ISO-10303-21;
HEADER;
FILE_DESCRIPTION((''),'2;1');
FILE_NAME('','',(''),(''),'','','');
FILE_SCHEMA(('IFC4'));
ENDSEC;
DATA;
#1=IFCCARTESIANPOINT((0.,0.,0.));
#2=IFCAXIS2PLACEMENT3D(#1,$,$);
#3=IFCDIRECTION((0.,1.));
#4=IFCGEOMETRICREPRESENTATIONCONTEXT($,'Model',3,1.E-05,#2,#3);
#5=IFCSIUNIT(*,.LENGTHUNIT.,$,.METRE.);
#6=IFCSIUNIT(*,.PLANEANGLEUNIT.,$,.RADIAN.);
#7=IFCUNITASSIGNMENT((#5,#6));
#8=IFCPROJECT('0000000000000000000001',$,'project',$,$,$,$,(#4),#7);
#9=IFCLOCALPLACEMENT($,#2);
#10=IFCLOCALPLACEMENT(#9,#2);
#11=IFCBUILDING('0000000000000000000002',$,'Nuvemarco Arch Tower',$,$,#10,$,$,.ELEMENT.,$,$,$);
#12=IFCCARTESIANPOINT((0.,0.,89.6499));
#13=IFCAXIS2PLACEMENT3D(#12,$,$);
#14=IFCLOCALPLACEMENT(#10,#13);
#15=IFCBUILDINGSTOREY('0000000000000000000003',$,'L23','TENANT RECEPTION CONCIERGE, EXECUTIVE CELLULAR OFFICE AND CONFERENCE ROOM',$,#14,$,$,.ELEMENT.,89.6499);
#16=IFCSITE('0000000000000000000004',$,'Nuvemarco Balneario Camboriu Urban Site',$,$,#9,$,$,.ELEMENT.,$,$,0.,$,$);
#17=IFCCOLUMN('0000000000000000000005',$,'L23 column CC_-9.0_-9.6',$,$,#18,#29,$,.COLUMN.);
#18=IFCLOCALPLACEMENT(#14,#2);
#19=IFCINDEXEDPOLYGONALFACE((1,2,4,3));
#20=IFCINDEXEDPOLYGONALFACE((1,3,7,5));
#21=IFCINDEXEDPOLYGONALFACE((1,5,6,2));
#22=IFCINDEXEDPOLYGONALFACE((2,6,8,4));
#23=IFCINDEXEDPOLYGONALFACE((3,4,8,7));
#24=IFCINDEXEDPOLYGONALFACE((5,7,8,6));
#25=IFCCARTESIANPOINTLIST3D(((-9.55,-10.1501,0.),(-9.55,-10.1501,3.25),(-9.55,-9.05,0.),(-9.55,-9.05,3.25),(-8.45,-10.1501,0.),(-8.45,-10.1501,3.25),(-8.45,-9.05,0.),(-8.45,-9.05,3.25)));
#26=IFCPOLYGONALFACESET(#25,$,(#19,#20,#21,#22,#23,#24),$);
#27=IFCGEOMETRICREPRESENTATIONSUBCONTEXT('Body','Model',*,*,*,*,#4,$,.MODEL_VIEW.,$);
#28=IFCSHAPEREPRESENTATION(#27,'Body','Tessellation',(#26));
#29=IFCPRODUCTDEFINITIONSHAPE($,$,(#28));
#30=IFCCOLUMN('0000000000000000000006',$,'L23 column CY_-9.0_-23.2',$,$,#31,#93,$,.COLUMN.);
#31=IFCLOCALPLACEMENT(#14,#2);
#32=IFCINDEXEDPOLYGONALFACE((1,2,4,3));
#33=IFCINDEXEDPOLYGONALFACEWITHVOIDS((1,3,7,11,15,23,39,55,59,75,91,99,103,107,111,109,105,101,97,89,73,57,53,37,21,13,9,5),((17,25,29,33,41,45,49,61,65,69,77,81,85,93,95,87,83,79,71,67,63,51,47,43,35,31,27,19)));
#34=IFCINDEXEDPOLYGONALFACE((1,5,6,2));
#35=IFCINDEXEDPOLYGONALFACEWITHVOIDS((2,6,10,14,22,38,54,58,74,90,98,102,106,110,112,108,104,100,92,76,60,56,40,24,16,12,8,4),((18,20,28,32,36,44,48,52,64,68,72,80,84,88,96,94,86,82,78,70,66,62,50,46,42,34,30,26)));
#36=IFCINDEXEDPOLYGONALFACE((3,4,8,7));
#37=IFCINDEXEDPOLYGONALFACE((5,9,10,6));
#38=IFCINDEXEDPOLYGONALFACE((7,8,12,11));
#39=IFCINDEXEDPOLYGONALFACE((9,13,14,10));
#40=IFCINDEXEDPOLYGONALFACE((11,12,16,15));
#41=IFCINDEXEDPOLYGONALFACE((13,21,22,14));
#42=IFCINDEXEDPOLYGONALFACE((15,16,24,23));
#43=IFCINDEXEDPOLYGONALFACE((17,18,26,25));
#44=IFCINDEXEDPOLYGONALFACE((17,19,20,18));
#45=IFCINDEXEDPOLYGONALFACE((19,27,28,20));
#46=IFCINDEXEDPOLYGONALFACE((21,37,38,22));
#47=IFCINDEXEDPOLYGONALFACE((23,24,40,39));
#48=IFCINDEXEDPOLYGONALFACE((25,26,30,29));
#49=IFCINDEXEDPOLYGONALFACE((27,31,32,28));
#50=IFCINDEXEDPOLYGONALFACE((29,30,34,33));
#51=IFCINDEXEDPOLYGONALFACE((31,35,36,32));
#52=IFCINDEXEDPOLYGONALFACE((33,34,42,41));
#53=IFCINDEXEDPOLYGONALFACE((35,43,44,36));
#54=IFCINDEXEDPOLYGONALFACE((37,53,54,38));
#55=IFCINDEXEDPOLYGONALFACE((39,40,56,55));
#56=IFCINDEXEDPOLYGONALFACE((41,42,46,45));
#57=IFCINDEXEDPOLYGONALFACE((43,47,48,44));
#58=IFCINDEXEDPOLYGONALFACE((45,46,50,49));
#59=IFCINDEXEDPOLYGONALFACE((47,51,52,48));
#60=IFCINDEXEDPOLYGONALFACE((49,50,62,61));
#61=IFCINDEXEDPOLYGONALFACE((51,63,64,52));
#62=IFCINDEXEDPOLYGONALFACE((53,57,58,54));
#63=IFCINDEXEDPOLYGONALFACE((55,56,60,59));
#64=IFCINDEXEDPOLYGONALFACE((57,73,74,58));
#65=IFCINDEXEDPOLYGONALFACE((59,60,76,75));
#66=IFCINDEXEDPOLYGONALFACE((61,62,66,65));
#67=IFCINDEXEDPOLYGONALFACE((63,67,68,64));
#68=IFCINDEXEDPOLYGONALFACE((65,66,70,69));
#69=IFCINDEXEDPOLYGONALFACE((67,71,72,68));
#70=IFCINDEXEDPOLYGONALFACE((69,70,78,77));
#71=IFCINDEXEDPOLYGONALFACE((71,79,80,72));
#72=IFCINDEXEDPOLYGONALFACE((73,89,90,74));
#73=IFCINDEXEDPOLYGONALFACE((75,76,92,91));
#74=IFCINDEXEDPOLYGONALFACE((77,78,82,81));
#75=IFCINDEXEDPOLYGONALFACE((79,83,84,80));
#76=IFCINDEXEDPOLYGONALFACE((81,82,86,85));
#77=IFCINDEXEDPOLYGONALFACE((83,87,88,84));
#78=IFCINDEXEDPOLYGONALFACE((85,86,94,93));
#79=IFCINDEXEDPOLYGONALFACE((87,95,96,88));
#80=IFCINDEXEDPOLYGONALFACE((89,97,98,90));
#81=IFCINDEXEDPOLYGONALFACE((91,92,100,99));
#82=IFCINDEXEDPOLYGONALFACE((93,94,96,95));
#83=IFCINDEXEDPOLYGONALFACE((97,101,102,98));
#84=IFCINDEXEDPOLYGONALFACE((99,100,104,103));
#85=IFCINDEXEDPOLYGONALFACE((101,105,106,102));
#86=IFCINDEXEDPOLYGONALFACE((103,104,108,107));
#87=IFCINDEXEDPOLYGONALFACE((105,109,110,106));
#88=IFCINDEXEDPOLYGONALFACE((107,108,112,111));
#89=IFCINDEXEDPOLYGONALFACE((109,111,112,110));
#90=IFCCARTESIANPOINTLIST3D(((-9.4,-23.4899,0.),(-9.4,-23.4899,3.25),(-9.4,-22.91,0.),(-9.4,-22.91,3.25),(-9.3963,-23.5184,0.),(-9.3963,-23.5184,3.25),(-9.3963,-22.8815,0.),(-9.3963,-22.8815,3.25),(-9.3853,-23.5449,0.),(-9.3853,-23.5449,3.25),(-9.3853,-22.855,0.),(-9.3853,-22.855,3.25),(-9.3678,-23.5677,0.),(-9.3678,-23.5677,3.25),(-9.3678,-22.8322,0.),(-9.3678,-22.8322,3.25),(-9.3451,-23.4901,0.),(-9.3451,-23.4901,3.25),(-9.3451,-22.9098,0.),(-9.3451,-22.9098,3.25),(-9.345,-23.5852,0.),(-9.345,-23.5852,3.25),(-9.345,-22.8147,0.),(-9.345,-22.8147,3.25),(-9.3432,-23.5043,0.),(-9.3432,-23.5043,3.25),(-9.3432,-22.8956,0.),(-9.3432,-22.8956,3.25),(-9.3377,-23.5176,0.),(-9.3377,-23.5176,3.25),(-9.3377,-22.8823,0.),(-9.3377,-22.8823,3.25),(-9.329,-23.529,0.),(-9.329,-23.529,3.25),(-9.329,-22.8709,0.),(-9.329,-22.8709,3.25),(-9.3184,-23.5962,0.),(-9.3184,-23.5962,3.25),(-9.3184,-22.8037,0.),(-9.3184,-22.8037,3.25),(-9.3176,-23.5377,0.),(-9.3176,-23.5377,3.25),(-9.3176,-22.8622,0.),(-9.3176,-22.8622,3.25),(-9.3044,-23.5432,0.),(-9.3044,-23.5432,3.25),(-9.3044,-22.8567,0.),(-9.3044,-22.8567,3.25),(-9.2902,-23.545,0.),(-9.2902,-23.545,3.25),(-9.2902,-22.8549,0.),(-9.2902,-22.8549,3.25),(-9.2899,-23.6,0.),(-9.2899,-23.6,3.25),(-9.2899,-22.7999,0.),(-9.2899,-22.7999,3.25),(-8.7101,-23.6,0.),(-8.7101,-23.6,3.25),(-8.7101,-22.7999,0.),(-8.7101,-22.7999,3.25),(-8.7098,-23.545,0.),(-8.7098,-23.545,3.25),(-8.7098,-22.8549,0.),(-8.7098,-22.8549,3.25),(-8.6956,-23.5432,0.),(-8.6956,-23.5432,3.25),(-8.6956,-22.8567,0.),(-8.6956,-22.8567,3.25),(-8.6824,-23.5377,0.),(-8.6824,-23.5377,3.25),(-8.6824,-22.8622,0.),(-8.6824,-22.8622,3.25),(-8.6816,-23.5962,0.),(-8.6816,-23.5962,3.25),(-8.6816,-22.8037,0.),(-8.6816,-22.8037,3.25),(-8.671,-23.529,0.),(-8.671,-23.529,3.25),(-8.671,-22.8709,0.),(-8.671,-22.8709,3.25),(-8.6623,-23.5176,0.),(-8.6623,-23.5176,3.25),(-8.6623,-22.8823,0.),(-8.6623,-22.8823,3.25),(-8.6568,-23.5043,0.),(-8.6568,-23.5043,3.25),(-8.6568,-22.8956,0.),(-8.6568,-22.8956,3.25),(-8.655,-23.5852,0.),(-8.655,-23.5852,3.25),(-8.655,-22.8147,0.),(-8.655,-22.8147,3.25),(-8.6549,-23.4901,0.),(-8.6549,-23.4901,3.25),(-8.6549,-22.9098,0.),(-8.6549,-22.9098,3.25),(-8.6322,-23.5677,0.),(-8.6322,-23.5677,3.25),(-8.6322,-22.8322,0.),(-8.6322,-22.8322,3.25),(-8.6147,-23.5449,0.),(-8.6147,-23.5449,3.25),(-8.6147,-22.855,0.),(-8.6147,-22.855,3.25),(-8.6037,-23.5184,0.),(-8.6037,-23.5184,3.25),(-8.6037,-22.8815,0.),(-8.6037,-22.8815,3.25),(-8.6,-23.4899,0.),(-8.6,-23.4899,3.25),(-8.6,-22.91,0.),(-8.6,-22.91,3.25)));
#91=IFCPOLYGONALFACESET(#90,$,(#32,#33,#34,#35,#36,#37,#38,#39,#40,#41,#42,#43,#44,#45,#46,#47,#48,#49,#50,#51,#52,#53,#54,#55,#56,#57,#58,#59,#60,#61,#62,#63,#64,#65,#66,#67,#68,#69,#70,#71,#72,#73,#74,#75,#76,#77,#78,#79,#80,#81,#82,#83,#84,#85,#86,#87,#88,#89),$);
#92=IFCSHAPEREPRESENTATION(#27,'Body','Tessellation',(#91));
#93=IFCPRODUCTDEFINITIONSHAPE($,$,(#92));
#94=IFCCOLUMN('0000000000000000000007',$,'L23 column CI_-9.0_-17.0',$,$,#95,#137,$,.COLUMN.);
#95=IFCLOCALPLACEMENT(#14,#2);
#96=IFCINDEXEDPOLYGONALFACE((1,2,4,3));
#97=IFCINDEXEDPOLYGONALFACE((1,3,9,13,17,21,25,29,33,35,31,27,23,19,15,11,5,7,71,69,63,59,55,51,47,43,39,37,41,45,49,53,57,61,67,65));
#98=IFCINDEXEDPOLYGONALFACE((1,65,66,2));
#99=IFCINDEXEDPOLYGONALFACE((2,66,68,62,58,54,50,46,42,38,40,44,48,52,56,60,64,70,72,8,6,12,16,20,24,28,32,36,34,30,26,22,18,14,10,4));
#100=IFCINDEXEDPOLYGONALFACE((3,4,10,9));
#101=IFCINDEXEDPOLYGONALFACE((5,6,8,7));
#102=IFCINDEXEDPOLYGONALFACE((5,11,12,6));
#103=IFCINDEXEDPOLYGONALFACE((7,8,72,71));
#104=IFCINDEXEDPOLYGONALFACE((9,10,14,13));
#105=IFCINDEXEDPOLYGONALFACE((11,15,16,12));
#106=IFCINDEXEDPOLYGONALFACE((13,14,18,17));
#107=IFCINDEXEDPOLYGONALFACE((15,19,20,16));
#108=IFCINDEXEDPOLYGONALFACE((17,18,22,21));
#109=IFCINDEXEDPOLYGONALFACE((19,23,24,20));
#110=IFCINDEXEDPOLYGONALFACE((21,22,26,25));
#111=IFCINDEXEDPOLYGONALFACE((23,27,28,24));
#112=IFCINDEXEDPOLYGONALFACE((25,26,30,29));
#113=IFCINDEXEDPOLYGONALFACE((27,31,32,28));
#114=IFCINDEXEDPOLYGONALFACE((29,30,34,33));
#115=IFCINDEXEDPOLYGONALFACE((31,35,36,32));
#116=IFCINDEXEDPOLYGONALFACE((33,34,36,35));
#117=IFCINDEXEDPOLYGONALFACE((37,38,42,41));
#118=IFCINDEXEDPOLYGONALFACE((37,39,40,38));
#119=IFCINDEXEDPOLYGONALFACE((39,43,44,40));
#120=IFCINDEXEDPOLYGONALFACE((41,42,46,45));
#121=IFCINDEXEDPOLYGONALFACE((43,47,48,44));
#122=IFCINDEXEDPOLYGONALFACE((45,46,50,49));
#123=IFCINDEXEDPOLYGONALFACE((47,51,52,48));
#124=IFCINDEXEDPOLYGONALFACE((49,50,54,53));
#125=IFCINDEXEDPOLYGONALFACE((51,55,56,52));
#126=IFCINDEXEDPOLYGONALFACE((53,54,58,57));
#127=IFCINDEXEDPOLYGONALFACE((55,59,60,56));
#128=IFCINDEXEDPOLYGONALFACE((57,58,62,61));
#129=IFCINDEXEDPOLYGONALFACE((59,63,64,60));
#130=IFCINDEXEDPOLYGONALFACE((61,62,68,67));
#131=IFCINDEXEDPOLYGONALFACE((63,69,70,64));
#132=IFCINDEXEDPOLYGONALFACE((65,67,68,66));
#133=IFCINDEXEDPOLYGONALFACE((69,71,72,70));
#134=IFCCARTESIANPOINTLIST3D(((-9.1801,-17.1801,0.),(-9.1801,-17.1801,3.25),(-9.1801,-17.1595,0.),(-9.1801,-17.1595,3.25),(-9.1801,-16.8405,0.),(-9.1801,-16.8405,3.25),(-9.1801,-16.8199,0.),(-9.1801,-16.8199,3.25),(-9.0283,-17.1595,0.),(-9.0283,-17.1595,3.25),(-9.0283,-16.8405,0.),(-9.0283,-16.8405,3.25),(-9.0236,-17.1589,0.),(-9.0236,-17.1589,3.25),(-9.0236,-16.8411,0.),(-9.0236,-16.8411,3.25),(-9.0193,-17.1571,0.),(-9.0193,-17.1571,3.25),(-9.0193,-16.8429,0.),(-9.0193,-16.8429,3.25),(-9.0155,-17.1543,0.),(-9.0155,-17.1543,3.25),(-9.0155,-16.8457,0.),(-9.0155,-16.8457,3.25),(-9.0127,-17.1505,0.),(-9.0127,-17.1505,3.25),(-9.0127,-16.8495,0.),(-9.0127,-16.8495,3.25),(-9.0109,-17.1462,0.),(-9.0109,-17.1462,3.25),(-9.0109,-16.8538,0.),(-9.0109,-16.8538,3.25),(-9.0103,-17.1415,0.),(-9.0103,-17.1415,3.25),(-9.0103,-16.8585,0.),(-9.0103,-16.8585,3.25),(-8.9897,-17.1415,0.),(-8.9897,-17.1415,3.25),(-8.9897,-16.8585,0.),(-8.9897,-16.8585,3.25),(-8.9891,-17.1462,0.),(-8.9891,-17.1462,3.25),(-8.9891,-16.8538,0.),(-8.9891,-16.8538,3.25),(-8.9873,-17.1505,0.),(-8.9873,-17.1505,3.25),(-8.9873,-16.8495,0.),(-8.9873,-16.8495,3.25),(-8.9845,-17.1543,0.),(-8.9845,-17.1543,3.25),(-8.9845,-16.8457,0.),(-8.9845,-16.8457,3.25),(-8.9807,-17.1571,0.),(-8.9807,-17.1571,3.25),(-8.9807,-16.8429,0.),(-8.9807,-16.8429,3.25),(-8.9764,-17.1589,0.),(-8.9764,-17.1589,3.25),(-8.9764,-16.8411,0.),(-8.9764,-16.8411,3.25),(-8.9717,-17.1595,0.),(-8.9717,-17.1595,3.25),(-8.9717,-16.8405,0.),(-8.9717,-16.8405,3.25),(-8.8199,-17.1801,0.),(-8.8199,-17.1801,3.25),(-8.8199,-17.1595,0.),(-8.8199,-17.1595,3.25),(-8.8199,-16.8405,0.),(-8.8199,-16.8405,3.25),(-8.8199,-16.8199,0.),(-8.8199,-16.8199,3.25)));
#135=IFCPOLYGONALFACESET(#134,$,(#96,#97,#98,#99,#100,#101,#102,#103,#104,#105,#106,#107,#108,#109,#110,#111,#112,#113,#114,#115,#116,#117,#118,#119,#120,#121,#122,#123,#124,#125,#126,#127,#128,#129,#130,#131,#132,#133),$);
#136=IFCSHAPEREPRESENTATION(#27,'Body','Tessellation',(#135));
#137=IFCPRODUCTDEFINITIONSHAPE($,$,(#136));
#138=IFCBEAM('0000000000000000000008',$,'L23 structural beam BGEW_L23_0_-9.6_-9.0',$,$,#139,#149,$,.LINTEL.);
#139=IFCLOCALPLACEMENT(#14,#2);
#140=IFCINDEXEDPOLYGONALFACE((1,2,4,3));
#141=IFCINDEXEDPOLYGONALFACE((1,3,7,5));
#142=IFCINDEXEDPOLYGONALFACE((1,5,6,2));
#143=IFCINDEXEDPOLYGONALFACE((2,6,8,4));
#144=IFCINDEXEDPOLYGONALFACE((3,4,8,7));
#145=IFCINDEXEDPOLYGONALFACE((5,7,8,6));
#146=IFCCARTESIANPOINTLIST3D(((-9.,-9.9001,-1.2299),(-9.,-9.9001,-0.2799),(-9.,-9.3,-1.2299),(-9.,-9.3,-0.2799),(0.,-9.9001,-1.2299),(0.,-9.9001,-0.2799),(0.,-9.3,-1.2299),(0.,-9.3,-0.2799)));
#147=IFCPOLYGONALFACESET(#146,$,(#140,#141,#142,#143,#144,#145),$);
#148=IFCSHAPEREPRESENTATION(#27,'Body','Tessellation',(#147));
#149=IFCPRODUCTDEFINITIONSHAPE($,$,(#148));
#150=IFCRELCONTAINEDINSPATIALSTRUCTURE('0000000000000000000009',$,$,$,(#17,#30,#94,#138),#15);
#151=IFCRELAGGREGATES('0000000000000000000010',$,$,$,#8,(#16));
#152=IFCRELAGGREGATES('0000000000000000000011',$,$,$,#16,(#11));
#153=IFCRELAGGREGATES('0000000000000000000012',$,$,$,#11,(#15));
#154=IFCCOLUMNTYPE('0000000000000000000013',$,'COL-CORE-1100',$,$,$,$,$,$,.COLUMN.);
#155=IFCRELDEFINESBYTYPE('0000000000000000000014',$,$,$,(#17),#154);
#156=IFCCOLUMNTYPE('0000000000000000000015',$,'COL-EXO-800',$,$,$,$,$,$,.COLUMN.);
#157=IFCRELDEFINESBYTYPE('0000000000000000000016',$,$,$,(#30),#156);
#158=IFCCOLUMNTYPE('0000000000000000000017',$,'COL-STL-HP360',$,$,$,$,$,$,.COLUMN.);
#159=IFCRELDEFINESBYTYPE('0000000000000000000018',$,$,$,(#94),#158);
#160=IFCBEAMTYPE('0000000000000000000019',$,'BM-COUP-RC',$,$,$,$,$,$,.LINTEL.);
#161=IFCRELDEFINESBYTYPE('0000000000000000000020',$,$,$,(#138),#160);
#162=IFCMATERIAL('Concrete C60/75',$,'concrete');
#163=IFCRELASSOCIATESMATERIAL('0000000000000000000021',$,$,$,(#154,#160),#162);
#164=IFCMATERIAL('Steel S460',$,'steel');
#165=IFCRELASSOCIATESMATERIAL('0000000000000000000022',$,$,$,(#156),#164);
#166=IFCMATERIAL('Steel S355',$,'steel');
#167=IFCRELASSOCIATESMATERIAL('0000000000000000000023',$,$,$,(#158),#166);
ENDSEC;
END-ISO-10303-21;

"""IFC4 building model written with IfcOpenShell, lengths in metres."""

from ifc_helpers import new_model, si_unit, direction, frame, origin, origin_2d, place, context, subcontext, project, spatial, rectangle, hollow_rectangle, i_section, extrude, material, material_profile, profile_set, type_object, element, save


model = new_model("IFC4")

# Units and contexts
model_context = context("Model", 3, precision=1e-05, world=origin(), true_north=direction((0.0, 1.0)))
body_context = subcontext(model_context, "Body", "Model", "MODEL_VIEW")
ifc_project = project(units=[si_unit("LENGTHUNIT", "METRE"), si_unit("PLANEANGLEUNIT", "RADIAN")], contexts=[model_context])

# Site, building, storey
site_placement = place(None, origin())
site = spatial("IfcSite", under=ifc_project, at=site_placement, Name="Nuvemarco Balneario Camboriu Urban Site", CompositionType="ELEMENT", RefElevation=0.0)
building_placement = place(site_placement, origin())
building = spatial("IfcBuilding", under=site, at=building_placement, Name="Nuvemarco Arch Tower", CompositionType="ELEMENT")
storey_placement = place(building_placement, frame((0.0, 0.0, 89.6499)))
storey = spatial("IfcBuildingStorey", under=building, at=storey_placement, Name="L23", Description="TENANT RECEPTION CONCIERGE, EXECUTIVE CELLULAR OFFICE AND CONFERENCE ROOM", CompositionType="ELEMENT", Elevation=89.6499)

# Columns
ifc_material_1 = material(Name="Concrete C60/75", Category="concrete")
ifc_material_profile_1 = material_profile(ifc_material_1, rectangle(XDim=1.1001, YDim=1.1001, at=origin_2d()), Name="RC-COL-1100x1100")
ifc_profile_set_1 = profile_set([ifc_material_profile_1], Name="Concrete C60/75")
column_type_1 = type_object("IfcColumnType", Name="COL-CORE-1100", PredefinedType="COLUMN", material=ifc_profile_set_1)
column_1_placement = place(storey_placement, frame((-9.0, -9.6001, 0.0), z_axis=(0.0, 0.0, 1.0), x_axis=(1.0, 0.0, 0.0)))
element("IfcColumn", 1, at=column_1_placement, inside=storey, type_object=column_type_1, Name="L23 column CC_-9.0_-9.6", PredefinedType="COLUMN", context=body_context, shape_type="SweptSolid", body=[
    extrude(rectangle(XDim=1.1001, YDim=1.1001, at=origin_2d()), origin(), (0.0, 0.0, 1.0), 3.25),
])
ifc_material_2 = material(Name="Steel S460", Category="steel")
ifc_material_profile_2 = material_profile(ifc_material_2, hollow_rectangle(XDim=0.8, YDim=0.8, WallThickness=0.0549, InnerFilletRadius=0.0549, OuterFilletRadius=0.1101, at=origin_2d()), Name="SHS800x800x55")
ifc_profile_set_2 = profile_set([ifc_material_profile_2], Name="Steel S460")
column_type_2 = type_object("IfcColumnType", Name="COL-EXO-800", PredefinedType="COLUMN", material=ifc_profile_set_2)
column_2_placement = place(storey_placement, frame((-9.0, -23.2, 0.0), z_axis=(0.0, 0.0, 1.0), x_axis=(1.0, 0.0, 0.0)))
element("IfcColumn", 2, at=column_2_placement, inside=storey, type_object=column_type_2, Name="L23 column CY_-9.0_-23.2", PredefinedType="COLUMN", context=body_context, shape_type="SweptSolid", body=[
    extrude(hollow_rectangle(XDim=0.8, YDim=0.8, WallThickness=0.0549, InnerFilletRadius=0.0549, OuterFilletRadius=0.1101, at=origin_2d()), origin(), (0.0, 0.0, 1.0), 3.25),
])
ifc_material_3 = material(Name="Steel S355", Category="steel")
ifc_material_profile_3 = material_profile(ifc_material_3, i_section(OverallWidth=0.3601, OverallDepth=0.3601, WebThickness=0.0205, FlangeThickness=0.0205, FilletRadius=0.0181, at=origin_2d()), Name="HP360x174")
ifc_profile_set_3 = profile_set([ifc_material_profile_3], Name="Steel S355")
column_type_3 = type_object("IfcColumnType", Name="COL-STL-HP360", PredefinedType="COLUMN", material=ifc_profile_set_3)
column_3_placement = place(storey_placement, frame((-9.0, -17.0, 0.0), z_axis=(0.0, 0.0, 1.0), x_axis=(1.0, 0.0, 0.0)))
element("IfcColumn", 3, at=column_3_placement, inside=storey, type_object=column_type_3, Name="L23 column CI_-9.0_-17.0", PredefinedType="COLUMN", context=body_context, shape_type="SweptSolid", body=[
    extrude(i_section(OverallWidth=0.3601, OverallDepth=0.3601, WebThickness=0.0205, FlangeThickness=0.0205, FilletRadius=0.0181, at=origin_2d()), origin(), (0.0, 0.0, 1.0), 3.25),
])

# Beam
ifc_material_profile_4 = material_profile(ifc_material_1, rectangle(XDim=0.6001, YDim=0.95, at=origin_2d()), Name="RC-BM-600x950")
ifc_profile_set_4 = profile_set([ifc_material_profile_4], Name="Concrete C60/75")
beam_type_1 = type_object("IfcBeamType", Name="BM-COUP-RC", PredefinedType="LINTEL", material=ifc_profile_set_4)
beam_1_placement = place(storey_placement, frame((-9.0, -9.6001, -0.7549), z_axis=(1.0, 0.0, 0.0), x_axis=(0.0, 1.0, 0.0)))
element("IfcBeam", 4, at=beam_1_placement, inside=storey, type_object=beam_type_1, Name="L23 structural beam BGEW_L23_0_-9.6_-9.0", PredefinedType="LINTEL", context=body_context, shape_type="SweptSolid", body=[
    extrude(rectangle(XDim=0.6001, YDim=0.95, at=origin_2d()), origin(), (0.0, 0.0, 1.0), 9.0),
])

save(model, "model.ifc")
